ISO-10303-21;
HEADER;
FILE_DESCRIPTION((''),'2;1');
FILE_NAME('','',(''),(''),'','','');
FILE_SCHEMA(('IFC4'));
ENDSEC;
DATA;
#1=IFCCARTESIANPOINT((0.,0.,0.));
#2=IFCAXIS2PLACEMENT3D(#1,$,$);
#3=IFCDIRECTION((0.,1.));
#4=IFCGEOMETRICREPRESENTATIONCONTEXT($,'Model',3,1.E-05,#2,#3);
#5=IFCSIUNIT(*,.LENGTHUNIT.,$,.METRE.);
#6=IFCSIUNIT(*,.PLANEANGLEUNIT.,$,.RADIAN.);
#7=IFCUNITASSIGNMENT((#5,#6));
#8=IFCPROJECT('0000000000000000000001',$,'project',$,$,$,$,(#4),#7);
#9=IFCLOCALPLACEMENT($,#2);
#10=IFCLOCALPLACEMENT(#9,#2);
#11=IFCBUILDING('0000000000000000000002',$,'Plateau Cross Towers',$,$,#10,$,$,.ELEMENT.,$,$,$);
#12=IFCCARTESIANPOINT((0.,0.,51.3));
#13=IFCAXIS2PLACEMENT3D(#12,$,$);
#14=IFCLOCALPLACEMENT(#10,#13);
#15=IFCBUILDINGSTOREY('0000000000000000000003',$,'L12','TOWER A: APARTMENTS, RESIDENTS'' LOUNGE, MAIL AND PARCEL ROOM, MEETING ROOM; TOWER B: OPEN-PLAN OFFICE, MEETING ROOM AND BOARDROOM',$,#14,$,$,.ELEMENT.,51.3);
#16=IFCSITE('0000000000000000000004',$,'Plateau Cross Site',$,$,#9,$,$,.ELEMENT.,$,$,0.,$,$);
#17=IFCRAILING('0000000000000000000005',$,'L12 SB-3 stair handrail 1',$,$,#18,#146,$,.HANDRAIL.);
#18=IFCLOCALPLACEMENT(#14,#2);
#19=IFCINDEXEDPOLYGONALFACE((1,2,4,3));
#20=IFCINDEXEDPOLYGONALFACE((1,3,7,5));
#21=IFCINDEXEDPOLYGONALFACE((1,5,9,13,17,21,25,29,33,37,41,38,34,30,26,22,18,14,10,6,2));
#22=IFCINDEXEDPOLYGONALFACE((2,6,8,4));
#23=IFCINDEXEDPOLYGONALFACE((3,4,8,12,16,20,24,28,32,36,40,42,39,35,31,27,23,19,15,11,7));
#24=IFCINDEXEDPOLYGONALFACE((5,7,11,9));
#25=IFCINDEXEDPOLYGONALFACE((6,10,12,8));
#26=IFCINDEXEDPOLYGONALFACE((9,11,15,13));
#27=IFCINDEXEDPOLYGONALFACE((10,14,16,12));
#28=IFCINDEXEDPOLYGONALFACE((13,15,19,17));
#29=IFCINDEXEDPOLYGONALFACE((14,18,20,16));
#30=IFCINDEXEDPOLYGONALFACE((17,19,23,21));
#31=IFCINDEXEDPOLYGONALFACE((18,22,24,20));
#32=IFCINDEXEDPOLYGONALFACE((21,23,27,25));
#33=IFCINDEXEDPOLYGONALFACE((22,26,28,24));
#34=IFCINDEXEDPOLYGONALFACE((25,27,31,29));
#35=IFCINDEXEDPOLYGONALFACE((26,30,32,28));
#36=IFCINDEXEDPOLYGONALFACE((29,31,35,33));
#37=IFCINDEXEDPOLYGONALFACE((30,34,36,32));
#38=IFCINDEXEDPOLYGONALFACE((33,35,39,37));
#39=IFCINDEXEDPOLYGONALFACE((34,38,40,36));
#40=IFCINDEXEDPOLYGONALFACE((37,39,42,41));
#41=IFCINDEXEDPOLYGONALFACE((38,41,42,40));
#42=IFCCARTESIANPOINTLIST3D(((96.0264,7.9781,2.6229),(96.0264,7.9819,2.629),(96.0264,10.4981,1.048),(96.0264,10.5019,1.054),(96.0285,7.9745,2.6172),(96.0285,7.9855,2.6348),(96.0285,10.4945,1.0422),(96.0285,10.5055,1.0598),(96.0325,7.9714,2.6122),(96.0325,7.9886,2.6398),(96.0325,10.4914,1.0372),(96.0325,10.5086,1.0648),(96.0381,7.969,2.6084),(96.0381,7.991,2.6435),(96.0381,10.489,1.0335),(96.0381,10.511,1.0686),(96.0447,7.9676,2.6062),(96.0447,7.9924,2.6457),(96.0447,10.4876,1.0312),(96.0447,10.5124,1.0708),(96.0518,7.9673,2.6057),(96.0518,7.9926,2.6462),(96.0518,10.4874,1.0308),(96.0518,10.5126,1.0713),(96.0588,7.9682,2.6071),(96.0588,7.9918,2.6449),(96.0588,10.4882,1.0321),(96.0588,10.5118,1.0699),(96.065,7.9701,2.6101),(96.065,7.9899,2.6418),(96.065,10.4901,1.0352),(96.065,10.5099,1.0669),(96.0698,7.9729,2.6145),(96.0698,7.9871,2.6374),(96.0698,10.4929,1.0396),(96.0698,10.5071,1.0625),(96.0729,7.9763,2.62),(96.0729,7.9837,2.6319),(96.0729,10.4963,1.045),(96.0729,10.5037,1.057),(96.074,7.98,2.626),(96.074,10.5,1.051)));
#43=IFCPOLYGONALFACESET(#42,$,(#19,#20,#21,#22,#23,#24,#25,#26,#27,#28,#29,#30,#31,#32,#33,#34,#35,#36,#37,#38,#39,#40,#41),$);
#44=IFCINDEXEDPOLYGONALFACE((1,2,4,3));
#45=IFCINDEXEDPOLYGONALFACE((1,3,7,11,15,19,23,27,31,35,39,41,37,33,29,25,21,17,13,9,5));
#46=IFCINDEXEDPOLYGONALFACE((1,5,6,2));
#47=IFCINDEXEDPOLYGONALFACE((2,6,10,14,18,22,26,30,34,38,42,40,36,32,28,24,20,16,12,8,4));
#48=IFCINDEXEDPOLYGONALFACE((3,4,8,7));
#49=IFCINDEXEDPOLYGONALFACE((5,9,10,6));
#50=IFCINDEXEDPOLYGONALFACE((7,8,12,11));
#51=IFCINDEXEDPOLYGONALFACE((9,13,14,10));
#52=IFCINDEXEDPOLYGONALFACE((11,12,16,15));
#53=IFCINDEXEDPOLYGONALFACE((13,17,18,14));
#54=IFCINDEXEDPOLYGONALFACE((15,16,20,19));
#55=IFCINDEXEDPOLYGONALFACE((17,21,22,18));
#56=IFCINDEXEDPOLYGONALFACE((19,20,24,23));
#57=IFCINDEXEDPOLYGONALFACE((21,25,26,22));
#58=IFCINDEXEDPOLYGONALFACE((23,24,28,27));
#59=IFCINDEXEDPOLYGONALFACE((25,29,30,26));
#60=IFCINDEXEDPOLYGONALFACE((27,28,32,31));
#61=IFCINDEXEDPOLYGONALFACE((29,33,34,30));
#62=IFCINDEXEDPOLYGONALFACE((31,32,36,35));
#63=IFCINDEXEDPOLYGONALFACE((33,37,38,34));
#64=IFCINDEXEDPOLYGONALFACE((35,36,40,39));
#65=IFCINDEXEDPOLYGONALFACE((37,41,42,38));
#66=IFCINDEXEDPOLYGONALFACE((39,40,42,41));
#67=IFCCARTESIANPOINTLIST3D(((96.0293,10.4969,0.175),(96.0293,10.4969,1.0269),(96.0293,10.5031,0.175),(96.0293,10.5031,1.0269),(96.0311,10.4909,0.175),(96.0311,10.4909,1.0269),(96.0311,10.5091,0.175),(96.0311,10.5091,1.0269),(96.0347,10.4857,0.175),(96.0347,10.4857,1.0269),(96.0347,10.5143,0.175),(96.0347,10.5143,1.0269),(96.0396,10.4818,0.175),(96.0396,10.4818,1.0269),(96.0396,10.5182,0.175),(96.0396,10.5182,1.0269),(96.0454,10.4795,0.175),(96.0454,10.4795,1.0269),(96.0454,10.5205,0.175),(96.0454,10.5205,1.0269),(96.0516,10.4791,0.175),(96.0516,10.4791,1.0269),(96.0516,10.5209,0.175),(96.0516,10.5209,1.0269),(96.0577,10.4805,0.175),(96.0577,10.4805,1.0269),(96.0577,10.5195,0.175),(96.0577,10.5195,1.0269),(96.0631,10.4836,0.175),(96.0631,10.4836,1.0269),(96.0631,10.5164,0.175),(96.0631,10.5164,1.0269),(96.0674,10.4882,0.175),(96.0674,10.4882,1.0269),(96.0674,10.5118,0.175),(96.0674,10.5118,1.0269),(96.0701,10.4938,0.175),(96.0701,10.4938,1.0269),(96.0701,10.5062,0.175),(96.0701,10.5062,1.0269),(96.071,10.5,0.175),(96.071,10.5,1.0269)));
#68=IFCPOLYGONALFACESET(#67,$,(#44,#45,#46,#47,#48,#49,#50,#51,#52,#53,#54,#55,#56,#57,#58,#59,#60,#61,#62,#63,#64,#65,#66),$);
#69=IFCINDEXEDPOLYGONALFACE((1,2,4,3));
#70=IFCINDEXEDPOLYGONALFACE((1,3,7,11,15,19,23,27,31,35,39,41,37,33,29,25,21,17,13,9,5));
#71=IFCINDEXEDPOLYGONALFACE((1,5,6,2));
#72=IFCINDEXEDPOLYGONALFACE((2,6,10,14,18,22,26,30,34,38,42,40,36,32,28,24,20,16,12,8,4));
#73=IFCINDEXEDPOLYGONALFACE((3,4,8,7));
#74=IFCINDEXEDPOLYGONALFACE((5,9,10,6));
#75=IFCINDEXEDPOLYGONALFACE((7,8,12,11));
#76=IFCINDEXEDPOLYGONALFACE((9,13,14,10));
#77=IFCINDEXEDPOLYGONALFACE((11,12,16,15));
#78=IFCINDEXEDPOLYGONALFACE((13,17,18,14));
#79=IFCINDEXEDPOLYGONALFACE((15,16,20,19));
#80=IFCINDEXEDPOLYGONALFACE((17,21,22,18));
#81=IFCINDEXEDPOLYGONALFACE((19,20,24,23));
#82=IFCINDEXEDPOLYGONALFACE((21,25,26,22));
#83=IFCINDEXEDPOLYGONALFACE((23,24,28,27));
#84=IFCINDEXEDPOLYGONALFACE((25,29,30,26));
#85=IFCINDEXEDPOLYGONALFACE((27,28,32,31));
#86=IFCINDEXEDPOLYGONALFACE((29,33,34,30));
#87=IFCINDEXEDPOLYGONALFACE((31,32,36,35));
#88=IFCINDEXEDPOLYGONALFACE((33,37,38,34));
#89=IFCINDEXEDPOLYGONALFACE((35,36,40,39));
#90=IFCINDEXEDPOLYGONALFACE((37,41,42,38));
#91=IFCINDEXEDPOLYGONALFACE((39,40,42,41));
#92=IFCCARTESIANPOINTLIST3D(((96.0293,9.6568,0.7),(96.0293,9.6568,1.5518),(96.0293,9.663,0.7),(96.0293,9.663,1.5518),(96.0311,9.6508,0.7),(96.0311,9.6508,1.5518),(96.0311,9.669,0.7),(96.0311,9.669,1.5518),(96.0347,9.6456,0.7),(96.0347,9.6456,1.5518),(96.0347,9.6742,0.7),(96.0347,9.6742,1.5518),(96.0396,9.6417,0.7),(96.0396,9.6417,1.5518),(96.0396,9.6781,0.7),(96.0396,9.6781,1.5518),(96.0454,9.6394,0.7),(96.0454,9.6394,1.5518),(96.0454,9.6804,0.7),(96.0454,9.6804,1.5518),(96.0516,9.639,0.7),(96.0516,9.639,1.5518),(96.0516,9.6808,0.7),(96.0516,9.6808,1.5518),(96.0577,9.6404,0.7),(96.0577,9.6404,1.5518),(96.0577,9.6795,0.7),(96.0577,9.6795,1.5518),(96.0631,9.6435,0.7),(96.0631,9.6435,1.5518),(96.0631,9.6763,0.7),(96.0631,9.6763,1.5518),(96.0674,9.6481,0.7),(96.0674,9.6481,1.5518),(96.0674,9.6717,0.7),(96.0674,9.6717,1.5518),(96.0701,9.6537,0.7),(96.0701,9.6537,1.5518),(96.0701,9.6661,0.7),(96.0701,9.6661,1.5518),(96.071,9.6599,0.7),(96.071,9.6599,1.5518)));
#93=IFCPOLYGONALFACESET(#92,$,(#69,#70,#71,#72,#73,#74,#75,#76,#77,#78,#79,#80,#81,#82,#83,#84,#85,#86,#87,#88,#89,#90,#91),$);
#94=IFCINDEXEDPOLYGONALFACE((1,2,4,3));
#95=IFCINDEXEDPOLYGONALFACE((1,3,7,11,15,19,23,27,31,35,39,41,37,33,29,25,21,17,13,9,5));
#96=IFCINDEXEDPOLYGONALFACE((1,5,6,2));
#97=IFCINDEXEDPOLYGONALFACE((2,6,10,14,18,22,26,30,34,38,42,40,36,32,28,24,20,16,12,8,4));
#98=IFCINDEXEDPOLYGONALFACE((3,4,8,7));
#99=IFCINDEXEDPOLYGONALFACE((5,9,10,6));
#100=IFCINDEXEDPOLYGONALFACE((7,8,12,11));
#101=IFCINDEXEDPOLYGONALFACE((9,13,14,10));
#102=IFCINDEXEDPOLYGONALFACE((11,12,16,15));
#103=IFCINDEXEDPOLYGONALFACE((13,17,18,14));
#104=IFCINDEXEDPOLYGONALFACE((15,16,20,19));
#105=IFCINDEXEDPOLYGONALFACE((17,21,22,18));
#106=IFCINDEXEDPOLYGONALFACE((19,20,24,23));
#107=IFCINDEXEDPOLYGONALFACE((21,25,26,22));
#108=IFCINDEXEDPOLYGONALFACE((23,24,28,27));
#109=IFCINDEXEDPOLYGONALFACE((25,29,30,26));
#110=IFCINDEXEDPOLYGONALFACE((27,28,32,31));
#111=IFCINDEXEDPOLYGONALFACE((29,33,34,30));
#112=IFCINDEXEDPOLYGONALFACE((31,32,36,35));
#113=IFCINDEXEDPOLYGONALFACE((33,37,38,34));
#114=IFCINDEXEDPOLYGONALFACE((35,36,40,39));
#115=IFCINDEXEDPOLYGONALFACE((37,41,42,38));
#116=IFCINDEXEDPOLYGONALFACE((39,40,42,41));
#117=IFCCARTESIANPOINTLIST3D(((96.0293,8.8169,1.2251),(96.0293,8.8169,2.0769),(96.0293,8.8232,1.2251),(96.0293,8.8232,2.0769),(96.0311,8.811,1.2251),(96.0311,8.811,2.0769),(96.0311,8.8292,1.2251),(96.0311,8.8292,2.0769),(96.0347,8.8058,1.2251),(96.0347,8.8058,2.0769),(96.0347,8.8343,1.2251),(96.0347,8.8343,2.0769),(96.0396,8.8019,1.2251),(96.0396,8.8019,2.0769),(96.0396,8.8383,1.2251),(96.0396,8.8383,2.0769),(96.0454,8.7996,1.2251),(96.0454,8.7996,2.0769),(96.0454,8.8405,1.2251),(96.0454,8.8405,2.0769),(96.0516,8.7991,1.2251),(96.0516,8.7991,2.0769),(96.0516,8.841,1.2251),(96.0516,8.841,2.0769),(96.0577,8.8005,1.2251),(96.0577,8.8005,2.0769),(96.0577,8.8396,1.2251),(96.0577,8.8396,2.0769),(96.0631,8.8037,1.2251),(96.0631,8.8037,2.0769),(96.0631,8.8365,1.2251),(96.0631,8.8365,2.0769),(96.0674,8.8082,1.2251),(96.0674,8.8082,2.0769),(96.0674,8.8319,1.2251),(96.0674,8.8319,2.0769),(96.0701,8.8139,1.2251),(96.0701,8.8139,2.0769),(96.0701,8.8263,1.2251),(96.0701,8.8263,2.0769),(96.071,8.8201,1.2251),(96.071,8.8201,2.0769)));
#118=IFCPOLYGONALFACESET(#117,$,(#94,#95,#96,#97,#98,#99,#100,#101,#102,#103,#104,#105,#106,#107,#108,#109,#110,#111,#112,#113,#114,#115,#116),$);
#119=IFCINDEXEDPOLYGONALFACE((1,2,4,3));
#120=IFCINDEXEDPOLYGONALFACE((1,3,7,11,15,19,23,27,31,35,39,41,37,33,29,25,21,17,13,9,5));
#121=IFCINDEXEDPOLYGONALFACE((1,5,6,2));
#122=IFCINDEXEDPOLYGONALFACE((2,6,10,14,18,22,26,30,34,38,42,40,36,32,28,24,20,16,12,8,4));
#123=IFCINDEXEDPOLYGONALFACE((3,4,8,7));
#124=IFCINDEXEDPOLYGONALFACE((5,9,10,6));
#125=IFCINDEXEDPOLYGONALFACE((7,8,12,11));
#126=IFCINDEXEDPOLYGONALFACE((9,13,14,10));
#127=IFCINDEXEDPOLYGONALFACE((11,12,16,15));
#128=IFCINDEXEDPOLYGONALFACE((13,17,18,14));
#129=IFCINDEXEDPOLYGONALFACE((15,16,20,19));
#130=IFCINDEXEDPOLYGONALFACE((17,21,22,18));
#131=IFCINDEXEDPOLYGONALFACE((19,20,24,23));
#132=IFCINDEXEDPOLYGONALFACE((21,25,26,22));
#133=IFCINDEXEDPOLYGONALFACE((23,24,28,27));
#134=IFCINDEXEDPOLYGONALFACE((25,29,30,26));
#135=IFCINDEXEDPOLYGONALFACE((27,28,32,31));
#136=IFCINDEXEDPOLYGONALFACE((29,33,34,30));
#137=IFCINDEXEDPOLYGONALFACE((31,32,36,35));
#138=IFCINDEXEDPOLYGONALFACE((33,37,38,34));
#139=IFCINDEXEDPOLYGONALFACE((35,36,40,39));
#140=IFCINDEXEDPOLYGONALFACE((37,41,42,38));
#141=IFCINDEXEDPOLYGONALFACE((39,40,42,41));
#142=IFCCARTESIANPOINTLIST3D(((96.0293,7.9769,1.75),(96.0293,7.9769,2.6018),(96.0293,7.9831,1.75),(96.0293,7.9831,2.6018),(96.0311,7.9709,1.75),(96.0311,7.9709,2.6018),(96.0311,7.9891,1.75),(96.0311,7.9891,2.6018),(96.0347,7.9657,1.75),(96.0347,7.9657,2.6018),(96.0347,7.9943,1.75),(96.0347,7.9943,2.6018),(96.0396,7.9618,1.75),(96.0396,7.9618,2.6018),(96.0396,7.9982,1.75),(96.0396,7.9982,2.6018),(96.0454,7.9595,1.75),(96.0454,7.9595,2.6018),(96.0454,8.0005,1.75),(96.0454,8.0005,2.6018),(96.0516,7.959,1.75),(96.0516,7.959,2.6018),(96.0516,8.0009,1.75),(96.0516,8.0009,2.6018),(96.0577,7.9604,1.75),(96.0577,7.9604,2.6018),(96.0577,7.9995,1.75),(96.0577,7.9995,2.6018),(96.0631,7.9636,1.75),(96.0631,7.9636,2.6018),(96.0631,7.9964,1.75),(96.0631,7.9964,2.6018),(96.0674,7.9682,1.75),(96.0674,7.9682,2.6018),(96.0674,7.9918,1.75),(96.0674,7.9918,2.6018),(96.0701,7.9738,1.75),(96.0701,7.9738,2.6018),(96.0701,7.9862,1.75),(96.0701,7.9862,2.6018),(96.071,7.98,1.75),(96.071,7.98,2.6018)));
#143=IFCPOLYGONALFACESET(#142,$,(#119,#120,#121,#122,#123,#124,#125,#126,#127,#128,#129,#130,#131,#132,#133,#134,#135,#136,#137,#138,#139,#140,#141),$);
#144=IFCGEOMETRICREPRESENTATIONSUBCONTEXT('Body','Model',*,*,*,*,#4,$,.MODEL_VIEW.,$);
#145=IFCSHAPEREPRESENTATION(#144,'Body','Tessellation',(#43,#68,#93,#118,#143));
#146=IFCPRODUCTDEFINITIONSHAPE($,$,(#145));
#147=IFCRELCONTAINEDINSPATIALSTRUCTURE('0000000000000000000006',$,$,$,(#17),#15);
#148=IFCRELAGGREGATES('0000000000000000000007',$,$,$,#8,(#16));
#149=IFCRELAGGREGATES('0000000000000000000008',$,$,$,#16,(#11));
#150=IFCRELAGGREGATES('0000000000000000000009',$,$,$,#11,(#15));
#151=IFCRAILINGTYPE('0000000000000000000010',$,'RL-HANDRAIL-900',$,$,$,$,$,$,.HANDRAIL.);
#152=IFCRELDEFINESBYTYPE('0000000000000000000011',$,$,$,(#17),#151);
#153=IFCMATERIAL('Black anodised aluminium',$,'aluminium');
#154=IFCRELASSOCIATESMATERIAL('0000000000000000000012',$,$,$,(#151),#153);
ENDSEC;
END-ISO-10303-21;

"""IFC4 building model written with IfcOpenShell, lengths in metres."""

from ifc_helpers import new_model, si_unit, direction, frame, origin, origin_2d, place, context, subcontext, project, spatial, circle, extrude, material, type_object, element, save


model = new_model("IFC4")

# Units and contexts
model_context = context("Model", 3, precision=1e-05, world=origin(), true_north=direction((0.0, 1.0)))
body_context = subcontext(model_context, "Body", "Model", "MODEL_VIEW")
ifc_project = project(units=[si_unit("LENGTHUNIT", "METRE"), si_unit("PLANEANGLEUNIT", "RADIAN")], contexts=[model_context])

# Site, building, storey
site_placement = place(None, origin())
site = spatial("IfcSite", under=ifc_project, at=site_placement, Name="Plateau Cross Site", CompositionType="ELEMENT", RefElevation=0.0)
building_placement = place(site_placement, origin())
building = spatial("IfcBuilding", under=site, at=building_placement, Name="Plateau Cross Towers", CompositionType="ELEMENT")
storey_placement = place(building_placement, frame((0.0, 0.0, 51.3)))
storey = spatial("IfcBuildingStorey", under=building, at=storey_placement, Name="L12", Description="TOWER A: APARTMENTS, RESIDENTS' LOUNGE, MAIL AND PARCEL ROOM, MEETING ROOM; TOWER B: OPEN-PLAN OFFICE, MEETING ROOM AND BOARDROOM", CompositionType="ELEMENT", Elevation=51.3)

# Shared definitions
ifc_material_1 = material(Name="Black anodised aluminium", Category="aluminium")

# Railing
railing_type_1 = type_object("IfcRailingType", Name="RL-HANDRAIL-900", PredefinedType="HANDRAIL", material=ifc_material_1)
railing_1_placement = place(storey_placement, frame((96.05, 10.5, 0.175)))
element("IfcRailing", 1, at=railing_1_placement, inside=storey, type_object=railing_type_1, Name="L12 SB-3 stair handrail 1", PredefinedType="HANDRAIL", context=body_context, shape_type="SweptSolid", body=[
    extrude(circle(Radius=0.0239, at=origin_2d()), frame((0.0, 0.0, 0.876), z_axis=(0.0, -0.848008, 0.529984), x_axis=(1.0, 0.0, 0.0)), (0.0, 0.0, 1.0), 2.9717),
    extrude(circle(Radius=0.021, at=origin_2d()), origin(), (0.0, 0.0, 1.0), 0.8518),
    extrude(circle(Radius=0.021, at=origin_2d()), frame((0.0, -0.8401, 0.5249)), (0.0, 0.0, 1.0), 0.8518),
    extrude(circle(Radius=0.021, at=origin_2d()), frame((0.0, -1.6799, 1.05)), (0.0, 0.0, 1.0), 0.8518),
    extrude(circle(Radius=0.021, at=origin_2d()), frame((0.0, -2.52, 1.575)), (0.0, 0.0, 1.0), 0.8518),
])

save(model, "model.ifc")
